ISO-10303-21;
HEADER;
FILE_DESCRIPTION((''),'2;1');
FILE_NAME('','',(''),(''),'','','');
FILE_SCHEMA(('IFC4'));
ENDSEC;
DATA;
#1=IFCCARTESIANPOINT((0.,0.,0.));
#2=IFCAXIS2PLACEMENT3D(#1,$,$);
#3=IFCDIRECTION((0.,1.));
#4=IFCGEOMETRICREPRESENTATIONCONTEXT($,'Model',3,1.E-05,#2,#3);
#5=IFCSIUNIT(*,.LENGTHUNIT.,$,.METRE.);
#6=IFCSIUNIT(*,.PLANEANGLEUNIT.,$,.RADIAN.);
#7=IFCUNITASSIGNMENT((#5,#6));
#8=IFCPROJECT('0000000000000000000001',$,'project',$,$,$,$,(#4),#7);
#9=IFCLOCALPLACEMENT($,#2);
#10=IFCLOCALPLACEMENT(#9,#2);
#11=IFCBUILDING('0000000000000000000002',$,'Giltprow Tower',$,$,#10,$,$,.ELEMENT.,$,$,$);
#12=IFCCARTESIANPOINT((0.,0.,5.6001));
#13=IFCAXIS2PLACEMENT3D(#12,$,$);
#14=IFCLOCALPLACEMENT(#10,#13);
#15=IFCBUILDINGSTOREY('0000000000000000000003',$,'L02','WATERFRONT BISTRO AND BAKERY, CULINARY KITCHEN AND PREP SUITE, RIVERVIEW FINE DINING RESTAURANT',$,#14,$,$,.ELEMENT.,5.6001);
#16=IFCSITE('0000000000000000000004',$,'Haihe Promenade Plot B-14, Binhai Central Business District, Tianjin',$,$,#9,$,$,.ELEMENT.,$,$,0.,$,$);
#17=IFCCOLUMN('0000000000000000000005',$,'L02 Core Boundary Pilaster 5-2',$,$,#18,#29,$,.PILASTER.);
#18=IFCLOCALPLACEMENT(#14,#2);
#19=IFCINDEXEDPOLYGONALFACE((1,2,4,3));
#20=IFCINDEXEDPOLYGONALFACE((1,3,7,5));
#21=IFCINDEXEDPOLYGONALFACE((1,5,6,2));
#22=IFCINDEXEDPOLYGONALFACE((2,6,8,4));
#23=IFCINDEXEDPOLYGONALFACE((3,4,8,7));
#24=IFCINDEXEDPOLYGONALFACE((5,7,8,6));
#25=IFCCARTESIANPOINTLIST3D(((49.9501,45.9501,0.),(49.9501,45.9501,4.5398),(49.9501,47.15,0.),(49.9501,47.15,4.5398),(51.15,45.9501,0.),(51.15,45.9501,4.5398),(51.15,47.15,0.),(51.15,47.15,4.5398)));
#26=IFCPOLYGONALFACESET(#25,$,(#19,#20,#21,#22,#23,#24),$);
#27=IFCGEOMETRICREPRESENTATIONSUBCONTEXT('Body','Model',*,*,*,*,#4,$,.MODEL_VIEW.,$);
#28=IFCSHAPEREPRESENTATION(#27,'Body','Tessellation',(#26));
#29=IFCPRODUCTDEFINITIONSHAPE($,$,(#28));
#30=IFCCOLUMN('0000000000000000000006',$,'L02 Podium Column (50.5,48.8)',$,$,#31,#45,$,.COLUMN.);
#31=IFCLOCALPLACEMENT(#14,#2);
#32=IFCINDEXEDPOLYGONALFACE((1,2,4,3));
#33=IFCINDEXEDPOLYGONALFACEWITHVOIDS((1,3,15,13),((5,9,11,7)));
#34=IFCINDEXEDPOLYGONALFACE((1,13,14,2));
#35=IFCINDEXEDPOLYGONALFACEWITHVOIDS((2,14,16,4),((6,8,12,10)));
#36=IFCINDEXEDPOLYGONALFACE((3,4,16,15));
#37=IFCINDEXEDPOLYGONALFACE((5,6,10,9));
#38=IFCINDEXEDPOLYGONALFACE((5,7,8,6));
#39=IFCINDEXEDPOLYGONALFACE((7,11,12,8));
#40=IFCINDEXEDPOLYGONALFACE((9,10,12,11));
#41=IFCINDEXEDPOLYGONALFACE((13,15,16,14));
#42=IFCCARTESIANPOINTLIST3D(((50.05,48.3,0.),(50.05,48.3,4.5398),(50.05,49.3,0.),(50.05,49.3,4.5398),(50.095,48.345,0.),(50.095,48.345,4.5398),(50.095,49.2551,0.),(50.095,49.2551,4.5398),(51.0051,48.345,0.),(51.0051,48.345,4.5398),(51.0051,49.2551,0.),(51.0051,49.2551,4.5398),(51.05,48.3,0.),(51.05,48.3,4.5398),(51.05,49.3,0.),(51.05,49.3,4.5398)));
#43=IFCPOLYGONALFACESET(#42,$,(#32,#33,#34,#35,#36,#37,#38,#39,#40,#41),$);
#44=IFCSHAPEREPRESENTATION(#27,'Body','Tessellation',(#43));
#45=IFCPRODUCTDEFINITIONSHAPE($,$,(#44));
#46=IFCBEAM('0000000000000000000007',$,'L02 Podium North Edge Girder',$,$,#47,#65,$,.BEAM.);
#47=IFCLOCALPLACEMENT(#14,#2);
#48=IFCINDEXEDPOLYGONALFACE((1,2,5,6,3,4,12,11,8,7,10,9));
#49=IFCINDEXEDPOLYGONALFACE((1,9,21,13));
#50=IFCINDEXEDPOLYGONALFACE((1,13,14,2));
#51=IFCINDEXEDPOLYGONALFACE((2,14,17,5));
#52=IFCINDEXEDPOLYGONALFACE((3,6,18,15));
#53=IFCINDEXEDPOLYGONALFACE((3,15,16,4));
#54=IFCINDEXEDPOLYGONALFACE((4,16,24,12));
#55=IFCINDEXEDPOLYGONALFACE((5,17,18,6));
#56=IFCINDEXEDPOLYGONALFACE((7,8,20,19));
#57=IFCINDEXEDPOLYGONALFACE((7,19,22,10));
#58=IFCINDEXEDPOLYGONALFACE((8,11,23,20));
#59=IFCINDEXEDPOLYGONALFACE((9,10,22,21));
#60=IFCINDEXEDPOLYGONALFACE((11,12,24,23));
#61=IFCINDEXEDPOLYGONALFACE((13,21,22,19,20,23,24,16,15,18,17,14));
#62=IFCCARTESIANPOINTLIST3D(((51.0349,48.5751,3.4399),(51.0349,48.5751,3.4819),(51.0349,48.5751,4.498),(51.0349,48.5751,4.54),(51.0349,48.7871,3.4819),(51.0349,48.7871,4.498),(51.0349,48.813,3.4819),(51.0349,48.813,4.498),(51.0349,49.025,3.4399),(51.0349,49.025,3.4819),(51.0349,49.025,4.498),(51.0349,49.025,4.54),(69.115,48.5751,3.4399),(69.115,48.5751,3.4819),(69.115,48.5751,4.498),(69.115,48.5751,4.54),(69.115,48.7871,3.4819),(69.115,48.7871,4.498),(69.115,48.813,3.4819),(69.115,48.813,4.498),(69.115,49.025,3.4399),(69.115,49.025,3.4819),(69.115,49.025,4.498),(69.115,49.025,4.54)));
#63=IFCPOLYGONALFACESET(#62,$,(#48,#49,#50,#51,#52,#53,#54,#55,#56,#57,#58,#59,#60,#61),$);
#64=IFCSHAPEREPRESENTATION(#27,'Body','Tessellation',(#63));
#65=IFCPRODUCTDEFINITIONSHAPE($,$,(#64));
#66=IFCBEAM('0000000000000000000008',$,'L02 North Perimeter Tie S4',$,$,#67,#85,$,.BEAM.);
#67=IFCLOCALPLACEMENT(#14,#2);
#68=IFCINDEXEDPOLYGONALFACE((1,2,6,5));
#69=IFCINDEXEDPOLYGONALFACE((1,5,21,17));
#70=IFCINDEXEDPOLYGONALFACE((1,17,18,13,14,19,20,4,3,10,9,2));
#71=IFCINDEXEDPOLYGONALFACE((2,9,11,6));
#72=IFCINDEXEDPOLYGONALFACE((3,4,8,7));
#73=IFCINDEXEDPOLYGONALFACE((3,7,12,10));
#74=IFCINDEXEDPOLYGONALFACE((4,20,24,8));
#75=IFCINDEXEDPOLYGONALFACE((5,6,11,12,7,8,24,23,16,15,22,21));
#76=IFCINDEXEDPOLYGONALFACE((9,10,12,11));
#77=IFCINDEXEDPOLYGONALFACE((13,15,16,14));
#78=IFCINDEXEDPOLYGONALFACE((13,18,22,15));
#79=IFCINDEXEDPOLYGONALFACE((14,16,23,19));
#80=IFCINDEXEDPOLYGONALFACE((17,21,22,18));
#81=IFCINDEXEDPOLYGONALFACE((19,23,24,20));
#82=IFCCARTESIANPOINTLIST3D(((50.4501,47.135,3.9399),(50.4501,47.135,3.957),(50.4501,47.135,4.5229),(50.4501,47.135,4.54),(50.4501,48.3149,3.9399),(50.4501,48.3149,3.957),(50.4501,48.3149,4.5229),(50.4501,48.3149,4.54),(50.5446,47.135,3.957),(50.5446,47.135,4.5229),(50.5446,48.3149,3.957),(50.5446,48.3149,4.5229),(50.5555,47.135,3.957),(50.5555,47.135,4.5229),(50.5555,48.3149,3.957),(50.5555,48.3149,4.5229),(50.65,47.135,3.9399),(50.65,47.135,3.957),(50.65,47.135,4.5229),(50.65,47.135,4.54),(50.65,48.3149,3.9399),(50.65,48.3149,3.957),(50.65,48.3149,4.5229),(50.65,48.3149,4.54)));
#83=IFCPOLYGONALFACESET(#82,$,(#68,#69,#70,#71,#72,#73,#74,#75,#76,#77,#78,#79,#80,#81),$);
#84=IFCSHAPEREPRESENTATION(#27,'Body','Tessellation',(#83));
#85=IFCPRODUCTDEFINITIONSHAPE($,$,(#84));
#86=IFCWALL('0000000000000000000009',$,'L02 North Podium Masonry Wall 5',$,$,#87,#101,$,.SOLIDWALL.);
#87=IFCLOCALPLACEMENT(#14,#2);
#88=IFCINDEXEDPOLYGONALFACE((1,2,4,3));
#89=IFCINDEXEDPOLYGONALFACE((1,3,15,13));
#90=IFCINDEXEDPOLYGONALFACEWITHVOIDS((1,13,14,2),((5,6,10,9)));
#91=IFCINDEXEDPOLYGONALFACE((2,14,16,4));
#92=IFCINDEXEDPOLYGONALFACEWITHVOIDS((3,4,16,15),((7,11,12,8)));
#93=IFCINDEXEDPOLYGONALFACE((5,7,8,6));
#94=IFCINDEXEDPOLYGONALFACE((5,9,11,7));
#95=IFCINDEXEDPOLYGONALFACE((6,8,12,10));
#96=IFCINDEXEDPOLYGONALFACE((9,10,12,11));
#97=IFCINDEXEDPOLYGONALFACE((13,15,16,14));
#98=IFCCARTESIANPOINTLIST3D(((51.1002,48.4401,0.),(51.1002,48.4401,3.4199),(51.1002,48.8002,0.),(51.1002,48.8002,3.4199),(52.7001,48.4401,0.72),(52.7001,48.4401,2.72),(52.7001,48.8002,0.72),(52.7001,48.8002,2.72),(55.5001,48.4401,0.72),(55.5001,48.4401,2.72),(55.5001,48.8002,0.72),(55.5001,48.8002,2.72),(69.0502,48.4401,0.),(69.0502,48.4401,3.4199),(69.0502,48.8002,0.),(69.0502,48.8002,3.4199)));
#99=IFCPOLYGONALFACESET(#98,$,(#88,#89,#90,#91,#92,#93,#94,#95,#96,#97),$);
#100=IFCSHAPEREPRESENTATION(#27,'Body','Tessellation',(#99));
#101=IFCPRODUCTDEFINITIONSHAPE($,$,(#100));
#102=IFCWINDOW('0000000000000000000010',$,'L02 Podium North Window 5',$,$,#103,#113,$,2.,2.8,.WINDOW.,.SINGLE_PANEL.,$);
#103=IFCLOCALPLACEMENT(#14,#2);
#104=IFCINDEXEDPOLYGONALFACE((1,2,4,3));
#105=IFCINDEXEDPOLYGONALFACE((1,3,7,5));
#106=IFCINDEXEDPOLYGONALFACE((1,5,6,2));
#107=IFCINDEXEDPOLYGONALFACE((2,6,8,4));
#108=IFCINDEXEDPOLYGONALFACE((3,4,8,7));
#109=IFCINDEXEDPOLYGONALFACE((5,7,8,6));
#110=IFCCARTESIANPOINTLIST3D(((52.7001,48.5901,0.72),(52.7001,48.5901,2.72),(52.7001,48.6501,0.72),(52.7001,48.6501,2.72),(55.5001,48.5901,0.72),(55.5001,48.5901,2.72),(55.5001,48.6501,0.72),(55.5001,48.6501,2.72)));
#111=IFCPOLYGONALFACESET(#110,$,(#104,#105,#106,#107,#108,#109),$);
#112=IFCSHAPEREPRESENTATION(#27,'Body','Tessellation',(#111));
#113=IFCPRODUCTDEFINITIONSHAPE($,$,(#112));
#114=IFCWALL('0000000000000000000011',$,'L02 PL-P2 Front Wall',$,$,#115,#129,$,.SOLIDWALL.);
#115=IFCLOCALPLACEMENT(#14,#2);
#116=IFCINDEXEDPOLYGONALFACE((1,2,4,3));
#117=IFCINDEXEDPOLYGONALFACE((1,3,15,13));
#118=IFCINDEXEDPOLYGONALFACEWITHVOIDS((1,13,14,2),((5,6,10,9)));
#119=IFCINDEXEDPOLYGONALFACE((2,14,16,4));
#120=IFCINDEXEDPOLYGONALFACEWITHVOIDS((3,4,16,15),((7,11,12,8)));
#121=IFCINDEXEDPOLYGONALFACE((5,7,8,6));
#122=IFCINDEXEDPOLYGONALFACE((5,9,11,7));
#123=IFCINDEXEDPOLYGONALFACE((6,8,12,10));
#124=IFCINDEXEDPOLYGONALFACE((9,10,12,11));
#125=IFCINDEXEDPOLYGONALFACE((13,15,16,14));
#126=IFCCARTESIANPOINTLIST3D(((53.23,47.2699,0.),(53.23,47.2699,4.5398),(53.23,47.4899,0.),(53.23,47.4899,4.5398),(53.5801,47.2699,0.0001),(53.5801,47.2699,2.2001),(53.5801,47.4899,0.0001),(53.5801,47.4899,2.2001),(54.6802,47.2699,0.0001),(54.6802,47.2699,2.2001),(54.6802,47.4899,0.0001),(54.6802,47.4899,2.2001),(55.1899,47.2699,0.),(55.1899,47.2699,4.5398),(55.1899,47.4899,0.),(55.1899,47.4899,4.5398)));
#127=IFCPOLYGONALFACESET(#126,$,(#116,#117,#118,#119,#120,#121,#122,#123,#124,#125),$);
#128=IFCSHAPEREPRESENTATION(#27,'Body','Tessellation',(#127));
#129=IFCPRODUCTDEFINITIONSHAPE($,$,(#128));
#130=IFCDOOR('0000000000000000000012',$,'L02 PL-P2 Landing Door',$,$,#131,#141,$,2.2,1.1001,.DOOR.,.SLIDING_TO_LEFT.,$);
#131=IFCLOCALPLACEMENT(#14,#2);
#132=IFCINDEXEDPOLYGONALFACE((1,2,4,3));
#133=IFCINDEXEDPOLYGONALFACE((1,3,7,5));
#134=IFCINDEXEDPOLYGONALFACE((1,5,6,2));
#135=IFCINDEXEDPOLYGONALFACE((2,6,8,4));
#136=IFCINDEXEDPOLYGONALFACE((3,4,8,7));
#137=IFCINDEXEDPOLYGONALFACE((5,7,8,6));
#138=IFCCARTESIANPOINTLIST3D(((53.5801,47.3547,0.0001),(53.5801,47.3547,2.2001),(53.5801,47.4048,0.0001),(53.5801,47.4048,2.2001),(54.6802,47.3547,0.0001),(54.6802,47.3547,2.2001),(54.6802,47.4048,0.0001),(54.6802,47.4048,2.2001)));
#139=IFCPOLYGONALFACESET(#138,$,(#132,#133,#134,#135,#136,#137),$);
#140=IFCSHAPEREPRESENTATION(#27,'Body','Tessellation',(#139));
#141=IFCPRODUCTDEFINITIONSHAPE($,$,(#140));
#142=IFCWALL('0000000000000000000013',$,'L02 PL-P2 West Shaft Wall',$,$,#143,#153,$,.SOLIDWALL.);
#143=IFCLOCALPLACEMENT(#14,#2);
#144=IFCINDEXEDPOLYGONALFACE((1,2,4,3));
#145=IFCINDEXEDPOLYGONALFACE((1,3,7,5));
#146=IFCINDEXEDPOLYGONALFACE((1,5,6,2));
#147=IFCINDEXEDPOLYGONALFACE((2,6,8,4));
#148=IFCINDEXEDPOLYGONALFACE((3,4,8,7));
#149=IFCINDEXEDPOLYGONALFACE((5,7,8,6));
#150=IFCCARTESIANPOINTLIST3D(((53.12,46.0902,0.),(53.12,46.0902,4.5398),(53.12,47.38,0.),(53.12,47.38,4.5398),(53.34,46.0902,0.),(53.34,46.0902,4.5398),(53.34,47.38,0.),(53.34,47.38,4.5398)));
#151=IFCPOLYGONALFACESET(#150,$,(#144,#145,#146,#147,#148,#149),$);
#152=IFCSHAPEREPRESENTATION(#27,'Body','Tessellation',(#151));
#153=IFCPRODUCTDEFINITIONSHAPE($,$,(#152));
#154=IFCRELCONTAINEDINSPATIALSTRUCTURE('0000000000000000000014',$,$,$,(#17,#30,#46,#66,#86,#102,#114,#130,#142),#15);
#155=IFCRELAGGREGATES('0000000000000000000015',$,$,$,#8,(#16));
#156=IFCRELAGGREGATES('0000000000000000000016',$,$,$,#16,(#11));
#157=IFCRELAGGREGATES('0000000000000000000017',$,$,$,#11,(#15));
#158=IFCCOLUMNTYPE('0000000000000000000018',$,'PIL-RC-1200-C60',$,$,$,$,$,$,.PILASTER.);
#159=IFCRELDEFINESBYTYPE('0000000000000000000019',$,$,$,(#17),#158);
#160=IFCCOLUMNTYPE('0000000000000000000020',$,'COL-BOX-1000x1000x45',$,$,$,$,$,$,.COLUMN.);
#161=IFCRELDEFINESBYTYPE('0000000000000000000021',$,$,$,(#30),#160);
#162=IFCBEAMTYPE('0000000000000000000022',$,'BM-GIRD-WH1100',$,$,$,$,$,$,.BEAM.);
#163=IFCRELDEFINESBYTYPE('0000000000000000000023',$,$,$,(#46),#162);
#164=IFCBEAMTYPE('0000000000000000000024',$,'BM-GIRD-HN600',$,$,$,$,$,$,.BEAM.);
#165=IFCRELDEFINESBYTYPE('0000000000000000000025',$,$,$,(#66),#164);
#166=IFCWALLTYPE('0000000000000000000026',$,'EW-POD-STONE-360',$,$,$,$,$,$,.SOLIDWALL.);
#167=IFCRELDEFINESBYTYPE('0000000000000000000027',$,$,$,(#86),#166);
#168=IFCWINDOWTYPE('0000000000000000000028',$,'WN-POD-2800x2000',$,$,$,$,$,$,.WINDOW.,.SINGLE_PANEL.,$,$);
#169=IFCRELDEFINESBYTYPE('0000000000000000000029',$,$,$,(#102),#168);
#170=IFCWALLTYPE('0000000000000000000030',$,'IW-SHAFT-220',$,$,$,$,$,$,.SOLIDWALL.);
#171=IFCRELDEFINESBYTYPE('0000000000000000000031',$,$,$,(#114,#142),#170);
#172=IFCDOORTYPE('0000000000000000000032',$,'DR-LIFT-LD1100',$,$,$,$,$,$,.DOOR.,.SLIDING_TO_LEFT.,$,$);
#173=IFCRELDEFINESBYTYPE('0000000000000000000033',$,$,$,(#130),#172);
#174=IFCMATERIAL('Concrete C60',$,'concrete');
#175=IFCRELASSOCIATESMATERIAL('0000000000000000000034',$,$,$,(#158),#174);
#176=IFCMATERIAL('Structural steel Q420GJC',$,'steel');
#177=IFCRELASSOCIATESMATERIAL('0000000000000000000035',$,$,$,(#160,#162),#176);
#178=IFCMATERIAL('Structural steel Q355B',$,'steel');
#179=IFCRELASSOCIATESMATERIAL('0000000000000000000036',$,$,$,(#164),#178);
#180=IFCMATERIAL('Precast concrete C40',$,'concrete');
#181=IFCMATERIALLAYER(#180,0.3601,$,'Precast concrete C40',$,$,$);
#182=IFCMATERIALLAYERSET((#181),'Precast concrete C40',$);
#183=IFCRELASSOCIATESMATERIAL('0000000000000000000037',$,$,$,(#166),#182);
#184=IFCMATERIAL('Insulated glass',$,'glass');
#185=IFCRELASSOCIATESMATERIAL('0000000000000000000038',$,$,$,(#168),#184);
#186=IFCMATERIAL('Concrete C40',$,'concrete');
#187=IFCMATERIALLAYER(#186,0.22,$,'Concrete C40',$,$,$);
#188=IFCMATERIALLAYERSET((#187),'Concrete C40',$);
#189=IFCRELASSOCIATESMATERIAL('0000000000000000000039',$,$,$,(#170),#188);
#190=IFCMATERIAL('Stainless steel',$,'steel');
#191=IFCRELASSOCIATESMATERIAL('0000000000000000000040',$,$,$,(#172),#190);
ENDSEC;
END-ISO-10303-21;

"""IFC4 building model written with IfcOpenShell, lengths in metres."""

from ifc_helpers import new_model, si_unit, direction, frame, frame_2d, origin, origin_2d, place, context, subcontext, project, spatial, rectangle, hollow_rectangle, i_section, extrude, source, transform, mapped, material, layer, layer_set, material_profile, profile_set, type_object, element, fill, save


model = new_model("IFC4")

# Units and contexts
model_context = context("Model", 3, precision=1e-05, world=origin(), true_north=direction((0.0, 1.0)))
body_context = subcontext(model_context, "Body", "Model", "MODEL_VIEW")
ifc_project = project(units=[si_unit("LENGTHUNIT", "METRE"), si_unit("PLANEANGLEUNIT", "RADIAN")], contexts=[model_context])

# Site, building, storey
site_placement = place(None, origin())
site = spatial("IfcSite", under=ifc_project, at=site_placement, Name="Haihe Promenade Plot B-14, Binhai Central Business District, Tianjin", CompositionType="ELEMENT", RefElevation=0.0)
building_placement = place(site_placement, origin())
building = spatial("IfcBuilding", under=site, at=building_placement, Name="Giltprow Tower", CompositionType="ELEMENT")
storey_placement = place(building_placement, frame((0.0, 0.0, 5.6001)))
storey = spatial("IfcBuildingStorey", under=building, at=storey_placement, Name="L02", Description="WATERFRONT BISTRO AND BAKERY, CULINARY KITCHEN AND PREP SUITE, RIVERVIEW FINE DINING RESTAURANT", CompositionType="ELEMENT", Elevation=5.6001)

# Columns
ifc_material_1 = material(Name="Concrete C60", Category="concrete")
ifc_material_profile_1 = material_profile(ifc_material_1, rectangle(XDim=1.2, YDim=1.2, at=origin_2d()), Name="RC 1200x1200")
ifc_profile_set_1 = profile_set([ifc_material_profile_1], Name="Concrete C60")
column_type_1 = type_object("IfcColumnType", Name="PIL-RC-1200-C60", PredefinedType="PILASTER", material=ifc_profile_set_1)
shared_shape_1 = source(origin(), body_context, "Body", "SweptSolid", [
    extrude(rectangle(XDim=1.2, YDim=1.2, at=origin_2d()), origin(), (0.0, 0.0, 1.0), 4.5398),
])
column_1_placement = place(storey_placement, frame((50.55, 46.55, 0.0), z_axis=(0.0, 0.0, 1.0), x_axis=(1.0, 0.0, 0.0)))
element("IfcColumn", 1, at=column_1_placement, inside=storey, type_object=column_type_1, Name="L02 Core Boundary Pilaster 5-2", PredefinedType="PILASTER", context=body_context, shape_type="MappedRepresentation", body=[
    mapped(shared_shape_1, transform((0.0, 0.0, 0.0), x_axis=(1.0, 0.0, 0.0), y_axis=(0.0, 1.0, 0.0), z_axis=(0.0, 0.0, 1.0), scale=1.0)),
])
ifc_material_2 = material(Name="Structural steel Q420GJC", Category="steel")
ifc_material_profile_2 = material_profile(ifc_material_2, hollow_rectangle(XDim=1.0, YDim=1.0, WallThickness=0.0449, at=origin_2d()), Name="BOX 1000x1000x45")
ifc_profile_set_2 = profile_set([ifc_material_profile_2], Name="Structural steel Q420GJC")
column_type_2 = type_object("IfcColumnType", Name="COL-BOX-1000x1000x45", PredefinedType="COLUMN", material=ifc_profile_set_2)
shared_shape_2 = source(origin(), body_context, "Body", "SweptSolid", [
    extrude(hollow_rectangle(XDim=1.0, YDim=1.0, WallThickness=0.0449, at=origin_2d()), origin(), (0.0, 0.0, 1.0), 4.5398),
])
column_2_placement = place(storey_placement, frame((50.55, 48.8, 0.0), z_axis=(0.0, 0.0, 1.0), x_axis=(1.0, 0.0, 0.0)))
element("IfcColumn", 2, at=column_2_placement, inside=storey, type_object=column_type_2, Name="L02 Podium Column (50.5,48.8)", PredefinedType="COLUMN", context=body_context, shape_type="MappedRepresentation", body=[
    mapped(shared_shape_2, transform((0.0, 0.0, 0.0), x_axis=(1.0, 0.0, 0.0), y_axis=(0.0, 1.0, 0.0), z_axis=(0.0, 0.0, 1.0), scale=1.0)),
])

# Beams
ifc_material_profile_3 = material_profile(ifc_material_2, i_section(OverallWidth=0.45, OverallDepth=1.1001, WebThickness=0.0259, FlangeThickness=0.042, at=origin_2d()), Name="WH 1100x450x26x42")
ifc_profile_set_3 = profile_set([ifc_material_profile_3], Name="Structural steel Q420GJC")
beam_type_1 = type_object("IfcBeamType", Name="BM-GIRD-WH1100", PredefinedType="BEAM", material=ifc_profile_set_3)
shared_shape_3 = source(origin(), body_context, "Body", "SweptSolid", [
    extrude(i_section(OverallWidth=0.45, OverallDepth=1.1001, WebThickness=0.0259, FlangeThickness=0.042, at=origin_2d()), origin(), (0.0, 0.0, 1.0), 18.0801),
])
beam_1_placement = place(storey_placement, frame((51.0349, 48.8, 3.99), z_axis=(1.0, 0.0, 0.0), x_axis=(0.0, 1.0, 0.0)))
element("IfcBeam", 3, at=beam_1_placement, inside=storey, type_object=beam_type_1, Name="L02 Podium North Edge Girder", PredefinedType="BEAM", context=body_context, shape_type="MappedRepresentation", body=[
    mapped(shared_shape_3, transform((0.0, 0.0, 0.0), x_axis=(1.0, 0.0, 0.0), y_axis=(0.0, 1.0, 0.0), z_axis=(0.0, 0.0, 1.0), scale=1.0)),
])
ifc_material_3 = material(Name="Structural steel Q355B", Category="steel")
ifc_material_profile_4 = material_profile(ifc_material_3, i_section(OverallWidth=0.2, OverallDepth=0.6001, WebThickness=0.011, FlangeThickness=0.0171, at=origin_2d()), Name="HN 600x200x11x17")
ifc_profile_set_4 = profile_set([ifc_material_profile_4], Name="Structural steel Q355B")
beam_type_2 = type_object("IfcBeamType", Name="BM-GIRD-HN600", PredefinedType="BEAM", material=ifc_profile_set_4)
shared_shape_4 = source(origin(), body_context, "Body", "SweptSolid", [
    extrude(i_section(OverallWidth=0.2, OverallDepth=0.6001, WebThickness=0.011, FlangeThickness=0.0171, at=origin_2d()), origin(), (0.0, 0.0, 1.0), 1.1799),
])
beam_2_placement = place(storey_placement, frame((50.55, 47.135, 4.24), z_axis=(0.0, 1.0, 0.0), x_axis=(-1.0, 0.0, 0.0)))
element("IfcBeam", 4, at=beam_2_placement, inside=storey, type_object=beam_type_2, Name="L02 North Perimeter Tie S4", PredefinedType="BEAM", context=body_context, shape_type="MappedRepresentation", body=[
    mapped(shared_shape_4, transform((0.0, 0.0, 0.0), x_axis=(1.0, 0.0, 0.0), y_axis=(0.0, 1.0, 0.0), z_axis=(0.0, 0.0, 1.0), scale=1.0)),
])

# Wall, opening, window
ifc_material_4 = material(Name="Precast concrete C40", Category="concrete")
ifc_layer_1 = layer(ifc_material_4, 0.3601, Name="Precast concrete C40")
ifc_layer_set_1 = layer_set([ifc_layer_1], Name="Precast concrete C40")
wall_type_1 = type_object("IfcWallType", Name="EW-POD-STONE-360", PredefinedType="SOLIDWALL", material=ifc_layer_set_1)
wall_1_placement = place(storey_placement, frame((51.1001, 48.6201, 0.0), z_axis=(0.0, 0.0, 1.0), x_axis=(1.0, 0.0, 0.0)))
wall_1 = element("IfcWall", 5, at=wall_1_placement, inside=storey, type_object=wall_type_1, Name="L02 North Podium Masonry Wall 5", PredefinedType="SOLIDWALL", context=body_context, shape_type="SweptSolid", body=[
    extrude(rectangle(XDim=17.95, YDim=0.3601, at=frame_2d((8.9751, 0.0))), origin(), (0.0, 0.0, 1.0), 3.4199),
])
opening_1_placement = place(wall_1_placement, frame((1.6001, 0.0, 0.72)))
opening_1 = element("IfcOpeningElement", 6, at=opening_1_placement, cuts=wall_1, PredefinedType="OPENING", context=body_context, shape_type="SweptSolid", body=[
    extrude(rectangle(XDim=2.8, YDim=2.0, at=frame_2d((1.3999, 1.0))), frame((0.0, 0.1899, 0.0), z_axis=(0.0, -1.0, 0.0), x_axis=(1.0, 0.0, 0.0)), (0.0, 0.0, 1.0), 0.3801),
])
ifc_material_5 = material(Name="Insulated glass", Category="glass")
window_type = type_object("IfcWindowType", Name="WN-POD-2800x2000", PartitioningType="SINGLE_PANEL", PredefinedType="WINDOW", material=ifc_material_5)
shared_shape_5 = source(origin(), body_context, "Body", "SweptSolid", [
    extrude(rectangle(XDim=2.8, YDim=2.0, at=frame_2d((1.3999, 1.0))), frame((0.0, 0.03, 0.0), z_axis=(0.0, -1.0, 0.0), x_axis=(1.0, 0.0, 0.0)), (0.0, 0.0, 1.0), 0.0601),
])
window_placement = place(opening_1_placement, origin())
window = element("IfcWindow", 7, at=window_placement, inside=storey, type_object=window_type, Name="L02 Podium North Window 5", OverallHeight=2.0, OverallWidth=2.8, PartitioningType="SINGLE_PANEL", PredefinedType="WINDOW", context=body_context, shape_type="MappedRepresentation", body=[
    mapped(shared_shape_5, transform((0.0, 0.0, 0.0), x_axis=(1.0, 0.0, 0.0), y_axis=(0.0, 1.0, 0.0), z_axis=(0.0, 0.0, 1.0), scale=1.0)),
])
fill(opening_1, window)

# Wall, opening, door
ifc_material_6 = material(Name="Concrete C40", Category="concrete")
ifc_layer_2 = layer(ifc_material_6, 0.22, Name="Concrete C40")
ifc_layer_set_2 = layer_set([ifc_layer_2], Name="Concrete C40")
wall_type_2 = type_object("IfcWallType", Name="IW-SHAFT-220", PredefinedType="SOLIDWALL", material=ifc_layer_set_2)
wall_2_placement = place(storey_placement, frame((53.23, 47.3799, 0.0), z_axis=(0.0, 0.0, 1.0), x_axis=(1.0, 0.0, 0.0)))
wall_2 = element("IfcWall", 8, at=wall_2_placement, inside=storey, type_object=wall_type_2, Name="L02 PL-P2 Front Wall", PredefinedType="SOLIDWALL", context=body_context, shape_type="SweptSolid", body=[
    extrude(rectangle(XDim=1.96, YDim=0.22, at=frame_2d((0.98, 0.0))), origin(), (0.0, 0.0, 1.0), 4.5398),
])
opening_2_placement = place(wall_2_placement, frame((0.3501, 0.0, 0.0)))
opening_2 = element("IfcOpeningElement", 9, at=opening_2_placement, cuts=wall_2, PredefinedType="OPENING", context=body_context, shape_type="SweptSolid", body=[
    extrude(rectangle(XDim=1.1001, YDim=2.2, at=frame_2d((0.55, 1.1001))), frame((0.0, 0.1199, 0.0), z_axis=(0.0, -1.0, 0.0), x_axis=(1.0, 0.0, 0.0)), (0.0, 0.0, 1.0), 0.24),
])
ifc_material_7 = material(Name="Stainless steel", Category="steel")
door_type_1 = type_object("IfcDoorType", Name="DR-LIFT-LD1100", OperationType="SLIDING_TO_LEFT", PredefinedType="DOOR", material=ifc_material_7)
shared_shape_6 = source(origin(), body_context, "Body", "SweptSolid", [
    extrude(rectangle(XDim=1.1001, YDim=2.2, at=frame_2d((0.55, 1.1001))), frame((0.0, 0.0249, 0.0), z_axis=(0.0, -1.0, 0.0), x_axis=(1.0, 0.0, 0.0)), (0.0, 0.0, 1.0), 0.05),
])
door_1_placement = place(opening_2_placement, origin())
door_1 = element("IfcDoor", 10, at=door_1_placement, inside=storey, type_object=door_type_1, Name="L02 PL-P2 Landing Door", OperationType="SLIDING_TO_LEFT", OverallHeight=2.2, OverallWidth=1.1001, PredefinedType="DOOR", context=body_context, shape_type="MappedRepresentation", body=[
    mapped(shared_shape_6, transform((0.0, 0.0, 0.0), x_axis=(1.0, 0.0, 0.0), y_axis=(0.0, 1.0, 0.0), z_axis=(0.0, 0.0, 1.0), scale=1.0)),
])
fill(opening_2, door_1)

# Wall
wall_3_placement = place(storey_placement, frame((53.23, 46.0901, 0.0), z_axis=(0.0, 0.0, 1.0), x_axis=(0.0, 1.0, 0.0)))
element("IfcWall", 11, at=wall_3_placement, inside=storey, type_object=wall_type_2, Name="L02 PL-P2 West Shaft Wall", PredefinedType="SOLIDWALL", context=body_context, shape_type="SweptSolid", body=[
    extrude(rectangle(XDim=1.2898, YDim=0.22, at=frame_2d((0.645, 0.0))), origin(), (0.0, 0.0, 1.0), 4.5398),
])

save(model, "model.ifc")
